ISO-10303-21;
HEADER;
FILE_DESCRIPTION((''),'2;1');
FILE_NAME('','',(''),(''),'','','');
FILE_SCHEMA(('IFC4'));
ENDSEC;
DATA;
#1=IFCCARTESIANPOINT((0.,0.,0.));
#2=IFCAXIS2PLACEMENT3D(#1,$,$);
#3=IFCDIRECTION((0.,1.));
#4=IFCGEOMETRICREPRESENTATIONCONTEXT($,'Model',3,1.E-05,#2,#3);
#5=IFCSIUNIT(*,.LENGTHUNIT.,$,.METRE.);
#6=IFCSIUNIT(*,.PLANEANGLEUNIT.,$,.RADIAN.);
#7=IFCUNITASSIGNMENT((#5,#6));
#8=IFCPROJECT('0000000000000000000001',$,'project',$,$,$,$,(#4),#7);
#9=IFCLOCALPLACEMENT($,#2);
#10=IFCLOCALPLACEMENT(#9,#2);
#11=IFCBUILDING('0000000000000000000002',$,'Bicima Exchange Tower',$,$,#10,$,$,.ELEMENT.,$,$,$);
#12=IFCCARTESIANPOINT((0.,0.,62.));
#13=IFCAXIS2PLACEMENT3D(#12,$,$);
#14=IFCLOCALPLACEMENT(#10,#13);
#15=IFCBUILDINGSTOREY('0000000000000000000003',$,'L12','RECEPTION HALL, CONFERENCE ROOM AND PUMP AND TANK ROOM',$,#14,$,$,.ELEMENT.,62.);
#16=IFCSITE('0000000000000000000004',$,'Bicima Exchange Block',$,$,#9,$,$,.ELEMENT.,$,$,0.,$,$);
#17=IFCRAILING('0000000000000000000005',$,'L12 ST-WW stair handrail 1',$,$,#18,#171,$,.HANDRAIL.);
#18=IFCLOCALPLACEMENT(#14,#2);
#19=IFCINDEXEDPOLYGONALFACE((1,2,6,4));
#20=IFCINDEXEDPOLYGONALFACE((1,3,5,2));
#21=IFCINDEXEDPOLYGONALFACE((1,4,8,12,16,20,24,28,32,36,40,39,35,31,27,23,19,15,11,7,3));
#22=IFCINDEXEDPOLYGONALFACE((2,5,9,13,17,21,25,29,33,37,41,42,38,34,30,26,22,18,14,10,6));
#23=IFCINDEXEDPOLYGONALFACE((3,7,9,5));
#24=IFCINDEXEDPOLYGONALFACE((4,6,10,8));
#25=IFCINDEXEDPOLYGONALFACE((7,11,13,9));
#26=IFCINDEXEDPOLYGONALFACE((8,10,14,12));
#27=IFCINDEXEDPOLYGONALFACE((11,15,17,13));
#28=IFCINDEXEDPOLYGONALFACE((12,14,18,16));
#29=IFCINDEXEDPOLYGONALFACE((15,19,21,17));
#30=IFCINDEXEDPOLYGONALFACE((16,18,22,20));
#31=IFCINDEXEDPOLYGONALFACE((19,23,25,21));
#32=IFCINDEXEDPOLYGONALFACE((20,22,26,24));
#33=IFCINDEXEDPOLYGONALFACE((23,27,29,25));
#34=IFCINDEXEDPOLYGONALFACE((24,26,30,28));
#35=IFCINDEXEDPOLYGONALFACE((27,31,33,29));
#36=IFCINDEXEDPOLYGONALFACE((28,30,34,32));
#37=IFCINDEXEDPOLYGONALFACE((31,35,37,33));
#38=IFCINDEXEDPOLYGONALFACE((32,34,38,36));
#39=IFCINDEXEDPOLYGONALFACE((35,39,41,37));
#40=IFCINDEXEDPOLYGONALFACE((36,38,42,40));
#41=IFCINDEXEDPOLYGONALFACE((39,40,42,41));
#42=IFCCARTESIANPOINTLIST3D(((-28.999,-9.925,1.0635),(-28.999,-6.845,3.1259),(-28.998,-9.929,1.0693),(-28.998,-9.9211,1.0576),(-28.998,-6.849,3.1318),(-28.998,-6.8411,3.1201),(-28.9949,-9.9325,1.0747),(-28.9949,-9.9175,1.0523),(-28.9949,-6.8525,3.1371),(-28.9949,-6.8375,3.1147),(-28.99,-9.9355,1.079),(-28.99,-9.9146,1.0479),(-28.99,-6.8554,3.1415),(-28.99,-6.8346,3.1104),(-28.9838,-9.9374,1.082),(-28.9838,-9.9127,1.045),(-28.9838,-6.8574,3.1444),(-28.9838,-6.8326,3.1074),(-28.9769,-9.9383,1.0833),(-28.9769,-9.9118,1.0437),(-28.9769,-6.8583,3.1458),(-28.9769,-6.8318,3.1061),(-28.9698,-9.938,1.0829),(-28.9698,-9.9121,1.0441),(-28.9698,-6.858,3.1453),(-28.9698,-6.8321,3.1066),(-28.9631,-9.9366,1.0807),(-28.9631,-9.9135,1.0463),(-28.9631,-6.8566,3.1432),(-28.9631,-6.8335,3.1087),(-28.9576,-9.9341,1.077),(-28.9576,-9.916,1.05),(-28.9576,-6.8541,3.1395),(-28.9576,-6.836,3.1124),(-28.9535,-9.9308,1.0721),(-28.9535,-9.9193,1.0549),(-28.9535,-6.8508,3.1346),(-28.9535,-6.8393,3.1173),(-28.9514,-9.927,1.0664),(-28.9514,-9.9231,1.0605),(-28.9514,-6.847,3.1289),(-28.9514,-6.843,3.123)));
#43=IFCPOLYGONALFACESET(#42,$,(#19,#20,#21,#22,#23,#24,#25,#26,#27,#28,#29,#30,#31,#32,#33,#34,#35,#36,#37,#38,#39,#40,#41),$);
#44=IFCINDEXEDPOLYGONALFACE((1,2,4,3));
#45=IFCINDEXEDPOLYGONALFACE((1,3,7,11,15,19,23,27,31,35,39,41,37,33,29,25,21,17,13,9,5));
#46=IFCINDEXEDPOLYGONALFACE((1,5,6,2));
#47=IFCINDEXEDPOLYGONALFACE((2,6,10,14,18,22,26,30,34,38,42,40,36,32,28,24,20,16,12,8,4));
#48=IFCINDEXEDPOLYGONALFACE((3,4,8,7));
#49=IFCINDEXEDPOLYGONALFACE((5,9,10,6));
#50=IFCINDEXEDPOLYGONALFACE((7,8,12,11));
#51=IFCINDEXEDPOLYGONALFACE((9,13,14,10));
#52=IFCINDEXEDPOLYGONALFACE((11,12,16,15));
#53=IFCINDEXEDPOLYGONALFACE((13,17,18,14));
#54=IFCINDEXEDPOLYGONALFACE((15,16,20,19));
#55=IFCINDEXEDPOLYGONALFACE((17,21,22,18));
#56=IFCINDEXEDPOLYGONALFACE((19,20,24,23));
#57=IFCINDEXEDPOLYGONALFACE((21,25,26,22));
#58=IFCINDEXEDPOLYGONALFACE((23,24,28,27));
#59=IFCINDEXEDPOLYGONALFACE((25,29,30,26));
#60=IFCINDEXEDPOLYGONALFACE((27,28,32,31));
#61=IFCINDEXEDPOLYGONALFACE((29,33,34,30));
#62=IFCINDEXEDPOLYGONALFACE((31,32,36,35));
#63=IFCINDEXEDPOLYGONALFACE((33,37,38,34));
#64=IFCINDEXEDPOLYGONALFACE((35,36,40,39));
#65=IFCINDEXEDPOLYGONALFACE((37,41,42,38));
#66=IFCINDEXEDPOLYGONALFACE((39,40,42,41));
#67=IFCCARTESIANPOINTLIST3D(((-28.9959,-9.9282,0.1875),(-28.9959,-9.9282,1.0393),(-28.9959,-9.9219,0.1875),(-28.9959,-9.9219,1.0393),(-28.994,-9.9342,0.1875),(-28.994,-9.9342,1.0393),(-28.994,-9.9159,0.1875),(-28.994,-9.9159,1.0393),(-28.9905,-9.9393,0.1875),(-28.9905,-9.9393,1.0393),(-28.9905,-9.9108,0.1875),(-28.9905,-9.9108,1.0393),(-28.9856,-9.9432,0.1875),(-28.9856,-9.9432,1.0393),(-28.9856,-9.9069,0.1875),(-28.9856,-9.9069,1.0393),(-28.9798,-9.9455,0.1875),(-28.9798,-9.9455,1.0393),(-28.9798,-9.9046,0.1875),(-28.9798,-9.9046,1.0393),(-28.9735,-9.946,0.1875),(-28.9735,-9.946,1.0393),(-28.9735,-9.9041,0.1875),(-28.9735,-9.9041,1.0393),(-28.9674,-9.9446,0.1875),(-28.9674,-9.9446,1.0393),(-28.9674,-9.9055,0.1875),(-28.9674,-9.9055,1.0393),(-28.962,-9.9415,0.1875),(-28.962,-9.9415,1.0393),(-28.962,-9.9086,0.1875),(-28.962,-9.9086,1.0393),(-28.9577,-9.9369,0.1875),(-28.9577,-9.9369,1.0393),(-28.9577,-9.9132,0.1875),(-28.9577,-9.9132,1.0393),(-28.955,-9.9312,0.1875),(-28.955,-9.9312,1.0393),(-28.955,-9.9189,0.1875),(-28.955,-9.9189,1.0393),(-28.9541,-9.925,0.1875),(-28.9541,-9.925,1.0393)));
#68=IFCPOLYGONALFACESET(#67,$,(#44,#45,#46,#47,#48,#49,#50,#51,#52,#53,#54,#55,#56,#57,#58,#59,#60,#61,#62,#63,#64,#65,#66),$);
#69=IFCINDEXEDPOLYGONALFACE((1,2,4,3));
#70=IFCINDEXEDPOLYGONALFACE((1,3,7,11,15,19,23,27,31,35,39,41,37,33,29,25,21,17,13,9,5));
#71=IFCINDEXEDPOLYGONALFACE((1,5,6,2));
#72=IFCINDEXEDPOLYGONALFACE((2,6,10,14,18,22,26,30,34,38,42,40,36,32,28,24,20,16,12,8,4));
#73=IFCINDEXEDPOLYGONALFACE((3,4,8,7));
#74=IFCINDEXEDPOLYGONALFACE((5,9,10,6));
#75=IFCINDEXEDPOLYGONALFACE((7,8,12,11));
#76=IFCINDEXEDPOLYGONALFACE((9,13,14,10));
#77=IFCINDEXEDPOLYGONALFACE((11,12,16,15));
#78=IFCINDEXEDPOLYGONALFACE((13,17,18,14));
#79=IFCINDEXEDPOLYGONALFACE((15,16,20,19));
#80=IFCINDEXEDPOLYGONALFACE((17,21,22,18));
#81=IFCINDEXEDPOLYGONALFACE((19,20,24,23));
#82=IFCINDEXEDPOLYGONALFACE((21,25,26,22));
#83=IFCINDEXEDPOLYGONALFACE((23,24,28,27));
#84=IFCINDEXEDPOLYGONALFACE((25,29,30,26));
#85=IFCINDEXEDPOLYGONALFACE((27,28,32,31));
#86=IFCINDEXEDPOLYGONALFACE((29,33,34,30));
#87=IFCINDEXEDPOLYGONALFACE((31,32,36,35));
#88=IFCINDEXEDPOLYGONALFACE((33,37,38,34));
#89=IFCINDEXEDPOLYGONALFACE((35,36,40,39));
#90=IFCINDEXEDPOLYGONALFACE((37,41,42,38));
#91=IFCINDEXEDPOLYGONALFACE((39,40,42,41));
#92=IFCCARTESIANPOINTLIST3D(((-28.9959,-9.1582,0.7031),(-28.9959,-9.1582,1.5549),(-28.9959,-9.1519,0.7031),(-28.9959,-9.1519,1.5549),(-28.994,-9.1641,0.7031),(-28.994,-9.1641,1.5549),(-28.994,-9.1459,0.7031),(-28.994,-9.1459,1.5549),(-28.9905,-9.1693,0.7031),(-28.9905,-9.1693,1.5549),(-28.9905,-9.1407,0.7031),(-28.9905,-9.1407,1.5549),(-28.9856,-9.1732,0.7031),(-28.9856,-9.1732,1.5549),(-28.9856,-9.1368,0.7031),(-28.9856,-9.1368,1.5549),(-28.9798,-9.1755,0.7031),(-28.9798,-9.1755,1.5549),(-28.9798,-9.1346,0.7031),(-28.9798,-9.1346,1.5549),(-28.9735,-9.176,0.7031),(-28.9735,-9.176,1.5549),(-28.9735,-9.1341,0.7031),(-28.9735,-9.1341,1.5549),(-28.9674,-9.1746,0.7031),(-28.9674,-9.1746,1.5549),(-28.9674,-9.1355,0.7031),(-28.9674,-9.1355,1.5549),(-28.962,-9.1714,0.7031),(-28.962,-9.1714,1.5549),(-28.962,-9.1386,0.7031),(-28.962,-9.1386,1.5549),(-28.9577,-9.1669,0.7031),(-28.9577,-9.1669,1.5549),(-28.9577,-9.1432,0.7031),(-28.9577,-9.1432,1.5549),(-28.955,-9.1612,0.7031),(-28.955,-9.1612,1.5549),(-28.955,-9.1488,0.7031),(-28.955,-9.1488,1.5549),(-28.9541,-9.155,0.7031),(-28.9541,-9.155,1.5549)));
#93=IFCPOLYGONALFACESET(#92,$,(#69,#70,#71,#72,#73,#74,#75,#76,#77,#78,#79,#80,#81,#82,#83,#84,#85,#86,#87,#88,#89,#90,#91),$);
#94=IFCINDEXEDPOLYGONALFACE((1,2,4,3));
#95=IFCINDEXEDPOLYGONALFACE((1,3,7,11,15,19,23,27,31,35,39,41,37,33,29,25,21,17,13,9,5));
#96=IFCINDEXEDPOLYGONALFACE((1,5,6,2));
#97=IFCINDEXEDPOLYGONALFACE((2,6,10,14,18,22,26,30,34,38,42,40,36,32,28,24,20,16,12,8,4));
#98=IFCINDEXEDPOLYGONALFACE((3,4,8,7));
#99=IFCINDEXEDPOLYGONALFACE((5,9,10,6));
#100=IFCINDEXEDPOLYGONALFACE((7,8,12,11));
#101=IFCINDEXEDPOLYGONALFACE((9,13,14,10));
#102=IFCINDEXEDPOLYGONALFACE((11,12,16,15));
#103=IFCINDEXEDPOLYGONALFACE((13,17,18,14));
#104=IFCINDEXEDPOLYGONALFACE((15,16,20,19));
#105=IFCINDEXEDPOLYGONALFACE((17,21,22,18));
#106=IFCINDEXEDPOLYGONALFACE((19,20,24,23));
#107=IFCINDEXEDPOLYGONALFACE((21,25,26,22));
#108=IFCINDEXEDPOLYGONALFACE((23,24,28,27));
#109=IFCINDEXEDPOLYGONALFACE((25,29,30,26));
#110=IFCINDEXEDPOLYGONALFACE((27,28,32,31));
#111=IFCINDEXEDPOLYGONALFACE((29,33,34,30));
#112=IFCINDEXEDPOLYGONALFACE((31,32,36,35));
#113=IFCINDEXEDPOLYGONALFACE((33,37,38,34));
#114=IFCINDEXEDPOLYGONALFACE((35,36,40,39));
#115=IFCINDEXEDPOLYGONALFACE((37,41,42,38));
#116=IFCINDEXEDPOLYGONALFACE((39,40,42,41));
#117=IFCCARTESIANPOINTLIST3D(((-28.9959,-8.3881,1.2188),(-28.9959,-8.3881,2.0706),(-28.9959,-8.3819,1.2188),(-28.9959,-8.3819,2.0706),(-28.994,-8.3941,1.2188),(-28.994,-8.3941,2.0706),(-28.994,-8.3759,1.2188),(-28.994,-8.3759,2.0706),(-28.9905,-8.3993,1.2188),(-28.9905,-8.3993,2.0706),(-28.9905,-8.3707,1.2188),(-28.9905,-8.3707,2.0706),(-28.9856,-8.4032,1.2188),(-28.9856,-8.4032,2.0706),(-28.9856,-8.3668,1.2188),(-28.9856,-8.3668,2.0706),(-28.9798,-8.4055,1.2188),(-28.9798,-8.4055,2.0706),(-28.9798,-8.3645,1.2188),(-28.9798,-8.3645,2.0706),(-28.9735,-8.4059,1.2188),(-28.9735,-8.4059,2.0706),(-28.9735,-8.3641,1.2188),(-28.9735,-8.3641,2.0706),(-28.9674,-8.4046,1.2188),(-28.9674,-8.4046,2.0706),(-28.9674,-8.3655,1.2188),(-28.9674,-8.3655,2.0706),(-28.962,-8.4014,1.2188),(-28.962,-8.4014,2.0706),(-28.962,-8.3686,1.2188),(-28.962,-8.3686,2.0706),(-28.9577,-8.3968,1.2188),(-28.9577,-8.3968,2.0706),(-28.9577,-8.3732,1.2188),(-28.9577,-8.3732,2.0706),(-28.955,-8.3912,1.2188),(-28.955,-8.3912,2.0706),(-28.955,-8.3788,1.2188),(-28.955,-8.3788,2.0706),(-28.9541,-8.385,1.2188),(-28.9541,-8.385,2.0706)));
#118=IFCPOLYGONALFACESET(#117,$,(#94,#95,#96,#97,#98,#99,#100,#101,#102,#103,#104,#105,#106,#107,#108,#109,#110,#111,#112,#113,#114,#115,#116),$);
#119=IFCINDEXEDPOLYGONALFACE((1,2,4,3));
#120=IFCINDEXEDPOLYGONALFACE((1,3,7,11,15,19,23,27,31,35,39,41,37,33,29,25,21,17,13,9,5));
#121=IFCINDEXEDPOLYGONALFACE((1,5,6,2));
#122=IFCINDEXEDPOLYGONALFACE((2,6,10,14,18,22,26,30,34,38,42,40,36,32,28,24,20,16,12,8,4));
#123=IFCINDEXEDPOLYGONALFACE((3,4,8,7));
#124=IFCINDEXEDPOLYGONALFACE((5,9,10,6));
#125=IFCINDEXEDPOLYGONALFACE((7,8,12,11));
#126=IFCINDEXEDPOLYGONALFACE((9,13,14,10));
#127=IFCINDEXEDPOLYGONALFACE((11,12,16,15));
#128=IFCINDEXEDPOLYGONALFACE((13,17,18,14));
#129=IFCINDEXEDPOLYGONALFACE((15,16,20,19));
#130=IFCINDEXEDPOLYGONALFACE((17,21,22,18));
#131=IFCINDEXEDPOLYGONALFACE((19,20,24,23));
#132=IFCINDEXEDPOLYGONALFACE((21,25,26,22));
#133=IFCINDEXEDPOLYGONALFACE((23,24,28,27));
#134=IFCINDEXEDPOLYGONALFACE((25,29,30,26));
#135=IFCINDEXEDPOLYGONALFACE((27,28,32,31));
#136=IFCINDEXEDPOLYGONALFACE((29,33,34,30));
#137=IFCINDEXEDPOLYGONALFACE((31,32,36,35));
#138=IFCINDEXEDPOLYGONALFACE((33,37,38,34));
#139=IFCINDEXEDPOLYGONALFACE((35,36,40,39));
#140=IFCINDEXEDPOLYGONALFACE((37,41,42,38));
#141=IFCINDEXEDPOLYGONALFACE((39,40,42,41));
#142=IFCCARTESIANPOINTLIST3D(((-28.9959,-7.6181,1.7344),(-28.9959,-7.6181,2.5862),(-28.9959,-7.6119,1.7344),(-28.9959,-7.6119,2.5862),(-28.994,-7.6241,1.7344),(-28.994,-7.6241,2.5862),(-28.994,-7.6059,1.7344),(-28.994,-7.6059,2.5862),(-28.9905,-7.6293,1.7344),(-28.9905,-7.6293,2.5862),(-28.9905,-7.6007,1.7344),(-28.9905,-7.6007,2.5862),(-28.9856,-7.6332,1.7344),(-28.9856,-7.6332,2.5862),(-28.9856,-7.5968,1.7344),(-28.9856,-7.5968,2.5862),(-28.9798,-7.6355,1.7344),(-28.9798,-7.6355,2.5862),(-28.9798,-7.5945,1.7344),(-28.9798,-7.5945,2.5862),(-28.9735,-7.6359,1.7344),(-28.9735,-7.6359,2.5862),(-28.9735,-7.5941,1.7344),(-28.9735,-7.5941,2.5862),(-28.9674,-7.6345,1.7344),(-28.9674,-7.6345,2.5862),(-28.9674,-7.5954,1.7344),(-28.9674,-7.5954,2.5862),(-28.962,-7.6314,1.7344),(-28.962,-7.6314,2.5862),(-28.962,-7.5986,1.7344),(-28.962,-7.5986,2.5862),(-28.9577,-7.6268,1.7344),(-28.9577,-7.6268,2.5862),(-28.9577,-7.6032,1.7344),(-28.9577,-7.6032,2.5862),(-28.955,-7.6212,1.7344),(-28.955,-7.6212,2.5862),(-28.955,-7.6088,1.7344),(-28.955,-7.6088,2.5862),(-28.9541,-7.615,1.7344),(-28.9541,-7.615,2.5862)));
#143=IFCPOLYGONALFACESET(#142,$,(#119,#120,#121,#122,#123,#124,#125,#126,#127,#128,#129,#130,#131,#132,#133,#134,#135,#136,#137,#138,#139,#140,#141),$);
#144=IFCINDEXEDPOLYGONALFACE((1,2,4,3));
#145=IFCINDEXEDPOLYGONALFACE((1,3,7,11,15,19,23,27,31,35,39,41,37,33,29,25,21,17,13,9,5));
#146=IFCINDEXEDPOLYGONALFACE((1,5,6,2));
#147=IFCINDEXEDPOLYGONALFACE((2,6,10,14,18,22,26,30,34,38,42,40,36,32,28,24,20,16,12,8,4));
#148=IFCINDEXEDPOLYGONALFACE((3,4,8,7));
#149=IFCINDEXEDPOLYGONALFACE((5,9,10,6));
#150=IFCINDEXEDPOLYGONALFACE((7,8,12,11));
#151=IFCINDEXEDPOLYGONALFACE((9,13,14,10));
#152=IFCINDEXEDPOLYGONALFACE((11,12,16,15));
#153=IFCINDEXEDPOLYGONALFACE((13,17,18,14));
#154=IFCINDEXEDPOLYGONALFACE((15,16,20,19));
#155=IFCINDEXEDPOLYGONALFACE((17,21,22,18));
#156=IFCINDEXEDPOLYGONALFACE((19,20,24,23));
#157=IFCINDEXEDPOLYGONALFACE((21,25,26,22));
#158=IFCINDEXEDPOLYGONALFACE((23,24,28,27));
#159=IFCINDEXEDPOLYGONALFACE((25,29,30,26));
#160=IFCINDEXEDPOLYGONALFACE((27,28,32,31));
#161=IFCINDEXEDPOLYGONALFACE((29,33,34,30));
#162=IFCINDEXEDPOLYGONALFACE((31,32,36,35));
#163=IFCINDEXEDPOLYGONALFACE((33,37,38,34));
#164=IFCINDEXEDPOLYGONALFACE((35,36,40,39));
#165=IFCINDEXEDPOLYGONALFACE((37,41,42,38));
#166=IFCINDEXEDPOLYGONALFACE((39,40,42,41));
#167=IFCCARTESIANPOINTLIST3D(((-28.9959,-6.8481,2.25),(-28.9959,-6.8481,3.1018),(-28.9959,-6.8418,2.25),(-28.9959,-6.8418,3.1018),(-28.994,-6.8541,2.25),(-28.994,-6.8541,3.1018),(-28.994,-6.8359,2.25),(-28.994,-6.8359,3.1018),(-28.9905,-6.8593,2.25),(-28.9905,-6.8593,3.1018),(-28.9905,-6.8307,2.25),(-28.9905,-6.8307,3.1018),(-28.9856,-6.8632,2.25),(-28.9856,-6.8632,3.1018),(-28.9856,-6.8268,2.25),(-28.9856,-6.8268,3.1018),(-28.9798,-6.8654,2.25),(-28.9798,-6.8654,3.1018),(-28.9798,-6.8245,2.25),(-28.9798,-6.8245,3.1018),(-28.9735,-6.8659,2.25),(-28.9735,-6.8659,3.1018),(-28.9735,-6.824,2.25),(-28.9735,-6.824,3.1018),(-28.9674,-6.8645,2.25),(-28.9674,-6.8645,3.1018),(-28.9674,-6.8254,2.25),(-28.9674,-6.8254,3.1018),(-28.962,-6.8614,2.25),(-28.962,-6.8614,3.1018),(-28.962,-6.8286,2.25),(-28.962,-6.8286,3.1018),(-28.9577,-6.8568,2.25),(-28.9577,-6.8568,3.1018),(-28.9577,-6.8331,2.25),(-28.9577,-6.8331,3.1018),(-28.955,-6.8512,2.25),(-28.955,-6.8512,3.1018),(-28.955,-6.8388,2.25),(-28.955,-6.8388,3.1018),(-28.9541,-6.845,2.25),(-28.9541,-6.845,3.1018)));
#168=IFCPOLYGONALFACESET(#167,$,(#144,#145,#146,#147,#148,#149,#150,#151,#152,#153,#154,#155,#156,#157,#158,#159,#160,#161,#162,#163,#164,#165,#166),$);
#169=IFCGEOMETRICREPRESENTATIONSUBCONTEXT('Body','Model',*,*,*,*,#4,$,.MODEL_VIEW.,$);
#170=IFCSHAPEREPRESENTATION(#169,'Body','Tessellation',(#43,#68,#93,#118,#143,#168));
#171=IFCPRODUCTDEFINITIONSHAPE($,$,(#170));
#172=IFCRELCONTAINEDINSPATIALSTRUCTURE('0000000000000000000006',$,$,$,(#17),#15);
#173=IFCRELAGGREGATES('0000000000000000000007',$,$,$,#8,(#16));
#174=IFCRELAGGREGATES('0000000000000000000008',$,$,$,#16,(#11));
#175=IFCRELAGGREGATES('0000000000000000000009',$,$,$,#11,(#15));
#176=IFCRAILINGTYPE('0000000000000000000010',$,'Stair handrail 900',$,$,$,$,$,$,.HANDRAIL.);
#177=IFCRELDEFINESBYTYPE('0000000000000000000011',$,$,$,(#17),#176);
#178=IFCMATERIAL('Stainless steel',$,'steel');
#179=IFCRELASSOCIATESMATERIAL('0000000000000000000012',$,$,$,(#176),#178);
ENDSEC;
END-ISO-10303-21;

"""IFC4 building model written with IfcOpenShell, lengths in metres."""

from ifc_helpers import new_model, si_unit, direction, frame, origin, origin_2d, place, context, subcontext, project, spatial, circle, extrude, material, type_object, element, save


model = new_model("IFC4")

# Units and contexts
model_context = context("Model", 3, precision=1e-05, world=origin(), true_north=direction((0.0, 1.0)))
body_context = subcontext(model_context, "Body", "Model", "MODEL_VIEW")
ifc_project = project(units=[si_unit("LENGTHUNIT", "METRE"), si_unit("PLANEANGLEUNIT", "RADIAN")], contexts=[model_context])

# Site, building, storey
site_placement = place(None, origin())
site = spatial("IfcSite", under=ifc_project, at=site_placement, Name="Bicima Exchange Block", CompositionType="ELEMENT", RefElevation=0.0)
building_placement = place(site_placement, origin())
building = spatial("IfcBuilding", under=site, at=building_placement, Name="Bicima Exchange Tower", CompositionType="ELEMENT")
storey_placement = place(building_placement, frame((0.0, 0.0, 62.0)))
storey = spatial("IfcBuildingStorey", under=building, at=storey_placement, Name="L12", Description="RECEPTION HALL, CONFERENCE ROOM AND PUMP AND TANK ROOM", CompositionType="ELEMENT", Elevation=62.0)

# Railing
ifc_material_1 = material(Name="Stainless steel", Category="steel")
railing_type_1 = type_object("IfcRailingType", Name="Stair handrail 900", PredefinedType="HANDRAIL", material=ifc_material_1)
railing_1_placement = place(storey_placement, frame((-28.9751, -9.925, 0.1875)))
element("IfcRailing", 1, at=railing_1_placement, inside=storey, type_object=railing_type_1, Name="L12 ST-WW stair handrail 1", PredefinedType="HANDRAIL", context=body_context, shape_type="SweptSolid", body=[
    extrude(circle(Radius=0.0239, at=origin_2d()), frame((0.0, 0.0, 0.876), z_axis=(0.0, 0.830914, 0.556401), x_axis=(-1.0, 0.0, 0.0)), (0.0, 0.0, 1.0), 3.7068),
    extrude(circle(Radius=0.021, at=origin_2d()), origin(), (0.0, 0.0, 1.0), 0.8518),
    extrude(circle(Radius=0.021, at=origin_2d()), frame((0.0, 0.77, 0.5156)), (0.0, 0.0, 1.0), 0.8518),
    extrude(circle(Radius=0.021, at=origin_2d()), frame((0.0, 1.54, 1.0312)), (0.0, 0.0, 1.0), 0.8518),
    extrude(circle(Radius=0.021, at=origin_2d()), frame((0.0, 2.3101, 1.5469)), (0.0, 0.0, 1.0), 0.8518),
    extrude(circle(Radius=0.021, at=origin_2d()), frame((0.0, 3.0801, 2.0625)), (0.0, 0.0, 1.0), 0.8518),
])

save(model, "model.ifc")
